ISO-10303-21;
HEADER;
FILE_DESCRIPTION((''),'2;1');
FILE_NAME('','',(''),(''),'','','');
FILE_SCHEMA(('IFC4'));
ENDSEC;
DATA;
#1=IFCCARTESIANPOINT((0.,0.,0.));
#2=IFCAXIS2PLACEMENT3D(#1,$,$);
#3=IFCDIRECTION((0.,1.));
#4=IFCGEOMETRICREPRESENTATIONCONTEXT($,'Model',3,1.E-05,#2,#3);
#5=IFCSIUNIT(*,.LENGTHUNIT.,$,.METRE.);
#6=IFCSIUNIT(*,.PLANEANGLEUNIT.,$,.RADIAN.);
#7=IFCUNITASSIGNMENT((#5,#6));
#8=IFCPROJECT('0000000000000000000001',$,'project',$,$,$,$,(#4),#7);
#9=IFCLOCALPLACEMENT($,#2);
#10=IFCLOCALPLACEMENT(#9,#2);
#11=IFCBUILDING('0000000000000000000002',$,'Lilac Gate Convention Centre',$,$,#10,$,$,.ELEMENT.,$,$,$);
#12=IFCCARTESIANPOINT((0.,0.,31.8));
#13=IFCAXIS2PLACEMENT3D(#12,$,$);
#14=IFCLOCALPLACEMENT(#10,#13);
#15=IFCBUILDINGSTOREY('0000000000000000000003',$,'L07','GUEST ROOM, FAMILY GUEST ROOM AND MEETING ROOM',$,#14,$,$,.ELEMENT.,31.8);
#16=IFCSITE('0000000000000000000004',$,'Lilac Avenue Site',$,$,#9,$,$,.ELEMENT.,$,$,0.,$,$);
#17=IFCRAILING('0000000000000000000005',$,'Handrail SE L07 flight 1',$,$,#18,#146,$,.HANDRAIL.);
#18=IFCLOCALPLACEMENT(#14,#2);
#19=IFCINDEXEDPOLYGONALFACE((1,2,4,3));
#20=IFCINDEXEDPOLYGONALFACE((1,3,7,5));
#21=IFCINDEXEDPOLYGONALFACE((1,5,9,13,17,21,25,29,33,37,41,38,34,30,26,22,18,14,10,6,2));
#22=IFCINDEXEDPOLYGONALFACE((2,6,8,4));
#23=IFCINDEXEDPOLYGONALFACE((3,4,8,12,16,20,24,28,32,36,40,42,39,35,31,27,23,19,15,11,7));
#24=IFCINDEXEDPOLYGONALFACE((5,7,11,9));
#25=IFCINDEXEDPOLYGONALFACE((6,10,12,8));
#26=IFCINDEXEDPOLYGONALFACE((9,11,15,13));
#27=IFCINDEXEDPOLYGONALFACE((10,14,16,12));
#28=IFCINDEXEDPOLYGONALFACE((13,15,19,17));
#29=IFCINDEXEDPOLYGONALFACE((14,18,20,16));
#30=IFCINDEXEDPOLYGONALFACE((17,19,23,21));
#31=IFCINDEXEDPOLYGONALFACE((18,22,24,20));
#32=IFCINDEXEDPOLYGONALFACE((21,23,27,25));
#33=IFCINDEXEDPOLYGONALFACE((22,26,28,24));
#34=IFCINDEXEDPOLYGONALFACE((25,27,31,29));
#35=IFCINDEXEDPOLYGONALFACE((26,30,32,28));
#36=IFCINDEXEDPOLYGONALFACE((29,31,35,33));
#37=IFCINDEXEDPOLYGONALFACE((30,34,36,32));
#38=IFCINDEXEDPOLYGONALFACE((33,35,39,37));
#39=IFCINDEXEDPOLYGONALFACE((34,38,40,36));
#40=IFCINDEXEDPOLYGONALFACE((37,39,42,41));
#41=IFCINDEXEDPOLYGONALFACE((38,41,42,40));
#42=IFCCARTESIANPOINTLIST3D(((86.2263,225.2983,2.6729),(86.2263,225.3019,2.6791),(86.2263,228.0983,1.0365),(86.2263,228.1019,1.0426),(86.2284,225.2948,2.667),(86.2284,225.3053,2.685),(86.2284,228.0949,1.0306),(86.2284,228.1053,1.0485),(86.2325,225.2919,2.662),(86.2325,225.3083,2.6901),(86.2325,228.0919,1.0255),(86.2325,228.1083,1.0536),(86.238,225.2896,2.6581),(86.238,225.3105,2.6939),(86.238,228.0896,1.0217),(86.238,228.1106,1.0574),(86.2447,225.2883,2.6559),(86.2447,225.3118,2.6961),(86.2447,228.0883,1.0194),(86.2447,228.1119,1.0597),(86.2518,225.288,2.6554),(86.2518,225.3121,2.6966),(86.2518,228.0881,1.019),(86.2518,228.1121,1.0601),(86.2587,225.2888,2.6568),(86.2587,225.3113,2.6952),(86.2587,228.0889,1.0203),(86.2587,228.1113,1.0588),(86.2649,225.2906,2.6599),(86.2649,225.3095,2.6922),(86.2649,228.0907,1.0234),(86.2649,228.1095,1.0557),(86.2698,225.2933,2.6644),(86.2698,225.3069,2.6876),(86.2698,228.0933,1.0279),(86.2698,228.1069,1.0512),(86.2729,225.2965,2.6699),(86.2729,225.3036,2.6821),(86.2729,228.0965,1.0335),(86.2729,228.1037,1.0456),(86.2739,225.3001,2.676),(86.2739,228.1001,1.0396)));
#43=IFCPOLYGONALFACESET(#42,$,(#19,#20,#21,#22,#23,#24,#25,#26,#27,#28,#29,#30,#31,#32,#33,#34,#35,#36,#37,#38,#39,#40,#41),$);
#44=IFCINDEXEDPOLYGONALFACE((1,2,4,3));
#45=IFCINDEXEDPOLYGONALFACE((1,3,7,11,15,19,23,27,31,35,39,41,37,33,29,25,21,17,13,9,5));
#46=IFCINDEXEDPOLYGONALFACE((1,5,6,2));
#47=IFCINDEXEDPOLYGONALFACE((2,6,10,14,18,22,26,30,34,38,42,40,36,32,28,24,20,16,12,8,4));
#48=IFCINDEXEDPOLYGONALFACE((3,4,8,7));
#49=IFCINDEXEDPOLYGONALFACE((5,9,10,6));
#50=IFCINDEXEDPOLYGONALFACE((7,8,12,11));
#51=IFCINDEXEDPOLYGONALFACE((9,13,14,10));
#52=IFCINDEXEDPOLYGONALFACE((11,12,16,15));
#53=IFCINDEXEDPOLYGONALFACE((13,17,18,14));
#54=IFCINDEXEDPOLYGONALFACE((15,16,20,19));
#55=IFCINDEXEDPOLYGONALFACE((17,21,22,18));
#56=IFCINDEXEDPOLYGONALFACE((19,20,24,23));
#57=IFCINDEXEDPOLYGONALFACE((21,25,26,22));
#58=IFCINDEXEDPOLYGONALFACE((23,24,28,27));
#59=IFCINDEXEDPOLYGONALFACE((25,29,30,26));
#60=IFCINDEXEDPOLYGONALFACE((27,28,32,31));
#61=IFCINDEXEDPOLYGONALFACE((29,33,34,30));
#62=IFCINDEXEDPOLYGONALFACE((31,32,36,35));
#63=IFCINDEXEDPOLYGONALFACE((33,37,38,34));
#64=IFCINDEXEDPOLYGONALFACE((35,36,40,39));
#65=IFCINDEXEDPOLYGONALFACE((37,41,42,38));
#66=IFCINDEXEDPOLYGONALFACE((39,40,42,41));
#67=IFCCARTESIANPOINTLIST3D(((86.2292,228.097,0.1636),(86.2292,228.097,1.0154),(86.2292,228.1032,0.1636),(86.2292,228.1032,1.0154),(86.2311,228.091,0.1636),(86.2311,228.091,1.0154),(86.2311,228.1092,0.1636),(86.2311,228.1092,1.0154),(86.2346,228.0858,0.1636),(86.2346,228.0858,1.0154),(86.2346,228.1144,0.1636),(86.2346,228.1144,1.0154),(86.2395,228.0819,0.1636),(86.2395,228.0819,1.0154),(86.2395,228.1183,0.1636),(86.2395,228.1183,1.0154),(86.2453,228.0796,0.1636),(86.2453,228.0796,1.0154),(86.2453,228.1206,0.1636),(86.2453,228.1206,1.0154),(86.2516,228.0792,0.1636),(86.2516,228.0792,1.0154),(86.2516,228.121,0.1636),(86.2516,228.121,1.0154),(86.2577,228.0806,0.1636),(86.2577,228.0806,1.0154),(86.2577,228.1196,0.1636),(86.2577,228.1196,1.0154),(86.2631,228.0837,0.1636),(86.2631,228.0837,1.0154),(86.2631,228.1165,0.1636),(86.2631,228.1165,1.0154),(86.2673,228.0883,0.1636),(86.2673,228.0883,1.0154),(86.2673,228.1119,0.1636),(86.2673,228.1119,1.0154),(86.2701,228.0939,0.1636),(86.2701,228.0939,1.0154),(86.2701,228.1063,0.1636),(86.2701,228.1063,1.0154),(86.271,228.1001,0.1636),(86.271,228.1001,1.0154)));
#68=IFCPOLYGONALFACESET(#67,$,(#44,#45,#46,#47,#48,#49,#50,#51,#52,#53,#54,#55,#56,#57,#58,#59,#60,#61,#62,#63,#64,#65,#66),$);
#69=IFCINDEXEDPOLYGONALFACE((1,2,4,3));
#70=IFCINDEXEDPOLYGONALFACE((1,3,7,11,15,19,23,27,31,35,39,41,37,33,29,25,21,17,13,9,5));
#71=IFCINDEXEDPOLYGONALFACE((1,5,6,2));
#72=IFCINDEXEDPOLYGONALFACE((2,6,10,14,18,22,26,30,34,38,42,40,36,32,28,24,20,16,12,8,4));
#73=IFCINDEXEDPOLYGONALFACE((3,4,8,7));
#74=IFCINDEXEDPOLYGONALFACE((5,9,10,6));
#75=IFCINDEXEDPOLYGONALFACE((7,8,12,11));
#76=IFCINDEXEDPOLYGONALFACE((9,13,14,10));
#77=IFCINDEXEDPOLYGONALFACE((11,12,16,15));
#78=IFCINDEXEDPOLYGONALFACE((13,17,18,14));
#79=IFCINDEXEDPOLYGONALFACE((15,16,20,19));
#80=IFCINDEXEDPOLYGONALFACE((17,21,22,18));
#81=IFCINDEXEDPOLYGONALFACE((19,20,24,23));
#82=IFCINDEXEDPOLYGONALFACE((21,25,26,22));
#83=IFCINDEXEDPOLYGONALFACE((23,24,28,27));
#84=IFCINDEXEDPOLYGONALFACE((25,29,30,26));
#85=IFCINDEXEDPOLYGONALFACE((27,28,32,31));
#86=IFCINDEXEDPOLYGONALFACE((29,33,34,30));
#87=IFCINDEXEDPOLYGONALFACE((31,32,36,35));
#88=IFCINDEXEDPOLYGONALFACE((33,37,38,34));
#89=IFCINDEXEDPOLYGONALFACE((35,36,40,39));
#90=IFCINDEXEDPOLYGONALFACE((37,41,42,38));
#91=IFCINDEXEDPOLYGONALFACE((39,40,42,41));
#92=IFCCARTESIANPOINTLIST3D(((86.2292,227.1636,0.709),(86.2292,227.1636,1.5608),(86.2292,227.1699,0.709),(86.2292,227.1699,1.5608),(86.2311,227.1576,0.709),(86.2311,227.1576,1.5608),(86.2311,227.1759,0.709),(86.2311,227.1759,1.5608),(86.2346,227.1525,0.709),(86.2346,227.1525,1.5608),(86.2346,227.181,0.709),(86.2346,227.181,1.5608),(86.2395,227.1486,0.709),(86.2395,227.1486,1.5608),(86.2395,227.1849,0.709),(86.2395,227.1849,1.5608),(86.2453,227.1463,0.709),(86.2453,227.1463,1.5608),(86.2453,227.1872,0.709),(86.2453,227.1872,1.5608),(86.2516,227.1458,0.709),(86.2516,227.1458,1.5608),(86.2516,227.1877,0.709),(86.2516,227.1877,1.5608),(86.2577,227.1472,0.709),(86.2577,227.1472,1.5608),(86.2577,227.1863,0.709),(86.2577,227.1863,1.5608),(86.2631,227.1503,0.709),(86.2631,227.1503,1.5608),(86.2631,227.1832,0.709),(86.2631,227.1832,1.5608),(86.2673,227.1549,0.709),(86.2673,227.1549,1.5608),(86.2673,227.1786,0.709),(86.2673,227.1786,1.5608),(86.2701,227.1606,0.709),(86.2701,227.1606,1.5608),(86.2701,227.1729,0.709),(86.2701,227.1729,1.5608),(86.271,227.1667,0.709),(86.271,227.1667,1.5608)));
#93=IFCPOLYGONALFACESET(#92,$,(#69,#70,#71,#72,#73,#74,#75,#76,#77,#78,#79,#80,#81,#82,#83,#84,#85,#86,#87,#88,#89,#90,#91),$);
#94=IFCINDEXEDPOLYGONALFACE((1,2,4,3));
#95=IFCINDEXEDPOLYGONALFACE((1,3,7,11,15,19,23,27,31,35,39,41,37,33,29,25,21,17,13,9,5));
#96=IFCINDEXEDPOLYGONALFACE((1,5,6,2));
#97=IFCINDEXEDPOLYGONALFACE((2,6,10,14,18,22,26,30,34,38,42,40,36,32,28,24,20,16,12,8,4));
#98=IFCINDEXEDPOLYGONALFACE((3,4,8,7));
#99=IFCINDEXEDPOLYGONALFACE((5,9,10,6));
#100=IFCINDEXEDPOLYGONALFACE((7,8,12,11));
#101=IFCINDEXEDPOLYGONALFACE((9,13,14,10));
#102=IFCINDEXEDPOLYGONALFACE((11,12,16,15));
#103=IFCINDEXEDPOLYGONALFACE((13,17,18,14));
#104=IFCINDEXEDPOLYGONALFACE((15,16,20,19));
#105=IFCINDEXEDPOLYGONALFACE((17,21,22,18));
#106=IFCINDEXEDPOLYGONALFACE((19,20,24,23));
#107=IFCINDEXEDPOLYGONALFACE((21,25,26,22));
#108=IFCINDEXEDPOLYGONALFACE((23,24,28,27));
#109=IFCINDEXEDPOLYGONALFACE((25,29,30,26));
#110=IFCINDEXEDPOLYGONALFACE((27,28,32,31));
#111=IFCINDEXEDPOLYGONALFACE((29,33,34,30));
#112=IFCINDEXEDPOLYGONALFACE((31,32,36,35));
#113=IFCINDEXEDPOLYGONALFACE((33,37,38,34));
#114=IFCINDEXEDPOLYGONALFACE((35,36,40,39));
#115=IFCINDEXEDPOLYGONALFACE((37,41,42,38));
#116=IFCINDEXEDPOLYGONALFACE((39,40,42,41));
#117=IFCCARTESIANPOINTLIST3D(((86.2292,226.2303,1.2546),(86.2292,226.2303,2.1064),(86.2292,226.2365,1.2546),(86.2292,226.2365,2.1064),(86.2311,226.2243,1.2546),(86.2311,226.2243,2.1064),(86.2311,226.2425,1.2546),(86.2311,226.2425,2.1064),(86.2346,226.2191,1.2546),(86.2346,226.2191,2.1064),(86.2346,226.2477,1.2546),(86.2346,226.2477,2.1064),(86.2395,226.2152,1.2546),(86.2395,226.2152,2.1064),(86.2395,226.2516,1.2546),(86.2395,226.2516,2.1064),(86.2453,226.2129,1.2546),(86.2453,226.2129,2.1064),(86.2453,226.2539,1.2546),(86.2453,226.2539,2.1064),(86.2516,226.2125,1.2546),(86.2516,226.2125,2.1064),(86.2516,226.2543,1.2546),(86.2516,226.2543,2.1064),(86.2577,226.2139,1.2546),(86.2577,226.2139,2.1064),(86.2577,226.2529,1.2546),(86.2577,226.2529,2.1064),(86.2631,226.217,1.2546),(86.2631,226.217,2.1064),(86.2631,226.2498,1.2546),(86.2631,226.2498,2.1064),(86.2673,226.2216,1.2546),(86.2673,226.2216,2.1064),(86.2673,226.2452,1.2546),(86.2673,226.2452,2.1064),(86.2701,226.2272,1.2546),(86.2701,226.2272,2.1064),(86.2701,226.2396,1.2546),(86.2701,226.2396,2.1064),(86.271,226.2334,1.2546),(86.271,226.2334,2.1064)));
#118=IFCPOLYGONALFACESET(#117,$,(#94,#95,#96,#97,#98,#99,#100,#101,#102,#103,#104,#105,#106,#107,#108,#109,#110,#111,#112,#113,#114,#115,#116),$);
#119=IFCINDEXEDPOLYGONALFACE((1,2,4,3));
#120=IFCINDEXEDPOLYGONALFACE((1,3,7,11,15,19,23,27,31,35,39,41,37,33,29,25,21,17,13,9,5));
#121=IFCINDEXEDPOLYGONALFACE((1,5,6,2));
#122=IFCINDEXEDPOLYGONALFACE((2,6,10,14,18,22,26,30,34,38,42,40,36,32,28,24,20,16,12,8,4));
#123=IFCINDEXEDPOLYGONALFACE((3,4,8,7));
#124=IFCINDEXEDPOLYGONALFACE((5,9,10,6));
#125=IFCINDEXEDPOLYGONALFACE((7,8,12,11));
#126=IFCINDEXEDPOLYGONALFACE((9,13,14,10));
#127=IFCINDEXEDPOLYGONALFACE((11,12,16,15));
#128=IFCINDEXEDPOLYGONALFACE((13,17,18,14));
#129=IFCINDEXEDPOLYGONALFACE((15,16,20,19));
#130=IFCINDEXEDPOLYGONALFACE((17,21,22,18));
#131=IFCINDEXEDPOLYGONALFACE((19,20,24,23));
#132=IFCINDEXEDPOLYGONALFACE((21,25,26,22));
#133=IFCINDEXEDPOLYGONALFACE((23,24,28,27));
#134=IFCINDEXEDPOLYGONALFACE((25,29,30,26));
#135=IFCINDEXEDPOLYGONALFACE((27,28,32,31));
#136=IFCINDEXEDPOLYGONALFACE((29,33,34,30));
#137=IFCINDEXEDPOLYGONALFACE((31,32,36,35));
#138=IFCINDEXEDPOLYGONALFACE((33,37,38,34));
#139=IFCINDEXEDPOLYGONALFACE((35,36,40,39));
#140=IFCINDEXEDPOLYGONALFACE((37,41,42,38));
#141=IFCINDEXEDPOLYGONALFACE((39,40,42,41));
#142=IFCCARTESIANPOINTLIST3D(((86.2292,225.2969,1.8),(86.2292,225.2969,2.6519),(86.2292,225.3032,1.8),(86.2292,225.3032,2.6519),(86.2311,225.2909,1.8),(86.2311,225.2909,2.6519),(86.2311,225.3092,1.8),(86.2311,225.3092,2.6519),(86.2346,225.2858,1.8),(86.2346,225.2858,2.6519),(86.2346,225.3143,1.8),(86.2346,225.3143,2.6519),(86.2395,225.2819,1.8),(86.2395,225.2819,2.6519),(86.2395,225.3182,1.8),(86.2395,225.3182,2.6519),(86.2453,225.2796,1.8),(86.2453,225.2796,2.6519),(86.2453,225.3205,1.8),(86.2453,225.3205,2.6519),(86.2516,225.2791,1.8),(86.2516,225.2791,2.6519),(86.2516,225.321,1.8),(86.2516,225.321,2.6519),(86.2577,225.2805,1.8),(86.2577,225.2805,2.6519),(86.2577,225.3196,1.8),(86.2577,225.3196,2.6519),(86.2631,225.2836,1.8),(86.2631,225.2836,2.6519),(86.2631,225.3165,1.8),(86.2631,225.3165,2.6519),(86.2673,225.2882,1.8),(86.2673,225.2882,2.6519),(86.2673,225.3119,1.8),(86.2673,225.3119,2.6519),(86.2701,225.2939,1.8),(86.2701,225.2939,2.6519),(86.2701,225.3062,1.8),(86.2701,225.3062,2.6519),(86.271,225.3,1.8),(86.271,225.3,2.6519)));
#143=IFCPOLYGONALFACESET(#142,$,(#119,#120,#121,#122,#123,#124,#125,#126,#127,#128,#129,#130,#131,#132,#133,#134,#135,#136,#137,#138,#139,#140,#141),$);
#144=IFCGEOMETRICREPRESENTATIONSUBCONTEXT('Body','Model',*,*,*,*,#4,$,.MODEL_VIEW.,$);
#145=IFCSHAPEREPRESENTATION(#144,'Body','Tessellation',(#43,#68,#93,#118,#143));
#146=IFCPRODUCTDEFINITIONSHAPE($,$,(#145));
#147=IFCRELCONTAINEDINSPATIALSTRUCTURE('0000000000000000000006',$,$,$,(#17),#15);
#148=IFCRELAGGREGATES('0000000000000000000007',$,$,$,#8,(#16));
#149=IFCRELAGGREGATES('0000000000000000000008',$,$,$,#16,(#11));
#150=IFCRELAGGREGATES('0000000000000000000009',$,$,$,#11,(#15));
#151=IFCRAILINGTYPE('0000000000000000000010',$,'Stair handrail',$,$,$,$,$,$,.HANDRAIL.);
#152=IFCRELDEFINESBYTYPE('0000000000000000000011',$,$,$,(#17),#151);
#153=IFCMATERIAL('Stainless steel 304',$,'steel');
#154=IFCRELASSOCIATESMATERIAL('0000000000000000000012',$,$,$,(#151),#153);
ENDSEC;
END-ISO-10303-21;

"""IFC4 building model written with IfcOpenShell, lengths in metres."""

from ifc_helpers import new_model, si_unit, direction, frame, origin, origin_2d, place, context, subcontext, project, spatial, circle, extrude, material, type_object, element, save


model = new_model("IFC4")

# Units and contexts
model_context = context("Model", 3, precision=1e-05, world=origin(), true_north=direction((0.0, 1.0)))
body_context = subcontext(model_context, "Body", "Model", "MODEL_VIEW")
ifc_project = project(units=[si_unit("LENGTHUNIT", "METRE"), si_unit("PLANEANGLEUNIT", "RADIAN")], contexts=[model_context])

# Site, building, storey
site_placement = place(None, origin())
site = spatial("IfcSite", under=ifc_project, at=site_placement, Name="Lilac Avenue Site", CompositionType="ELEMENT", RefElevation=0.0)
building_placement = place(site_placement, origin())
building = spatial("IfcBuilding", under=site, at=building_placement, Name="Lilac Gate Convention Centre", CompositionType="ELEMENT")
storey_placement = place(building_placement, frame((0.0, 0.0, 31.8)))
storey = spatial("IfcBuildingStorey", under=building, at=storey_placement, Name="L07", Description="GUEST ROOM, FAMILY GUEST ROOM AND MEETING ROOM", CompositionType="ELEMENT", Elevation=31.8)

# Shared definitions
ifc_material_1 = material(Name="Stainless steel 304", Category="steel")

# Railing
railing_type = type_object("IfcRailingType", Name="Stair handrail", PredefinedType="HANDRAIL", material=ifc_material_1)
for number, where, name in (
    (1, (86.25, 228.1001, 0.1636), "Handrail SE L07 flight 1"),
):
    element("IfcRailing", number, at=place(storey_placement, frame(where)), inside=storey, type_object=railing_type, Name=name, PredefinedType="HANDRAIL", context=body_context, shape_type="SweptSolid", body=[
        extrude(circle(Radius=0.0239, at=origin_2d()), frame((0.0, 0.0, 0.876), z_axis=(0.0, -0.863361, 0.504587), x_axis=(1.0, 0.0, 0.0)), (0.0, 0.0, 1.0), 3.2432),
        extrude(circle(Radius=0.021, at=origin_2d()), origin(), (0.0, 0.0, 1.0), 0.8518),
        extrude(circle(Radius=0.021, at=origin_2d()), frame((0.0, -0.9333, 0.5454)), (0.0, 0.0, 1.0), 0.8518),
        extrude(circle(Radius=0.021, at=origin_2d()), frame((0.0, -1.8667, 1.0911)), (0.0, 0.0, 1.0), 0.8518),
        extrude(circle(Radius=0.021, at=origin_2d()), frame((0.0, -2.8, 1.6365)), (0.0, 0.0, 1.0), 0.8518),
    ])

save(model, "model.ifc")
